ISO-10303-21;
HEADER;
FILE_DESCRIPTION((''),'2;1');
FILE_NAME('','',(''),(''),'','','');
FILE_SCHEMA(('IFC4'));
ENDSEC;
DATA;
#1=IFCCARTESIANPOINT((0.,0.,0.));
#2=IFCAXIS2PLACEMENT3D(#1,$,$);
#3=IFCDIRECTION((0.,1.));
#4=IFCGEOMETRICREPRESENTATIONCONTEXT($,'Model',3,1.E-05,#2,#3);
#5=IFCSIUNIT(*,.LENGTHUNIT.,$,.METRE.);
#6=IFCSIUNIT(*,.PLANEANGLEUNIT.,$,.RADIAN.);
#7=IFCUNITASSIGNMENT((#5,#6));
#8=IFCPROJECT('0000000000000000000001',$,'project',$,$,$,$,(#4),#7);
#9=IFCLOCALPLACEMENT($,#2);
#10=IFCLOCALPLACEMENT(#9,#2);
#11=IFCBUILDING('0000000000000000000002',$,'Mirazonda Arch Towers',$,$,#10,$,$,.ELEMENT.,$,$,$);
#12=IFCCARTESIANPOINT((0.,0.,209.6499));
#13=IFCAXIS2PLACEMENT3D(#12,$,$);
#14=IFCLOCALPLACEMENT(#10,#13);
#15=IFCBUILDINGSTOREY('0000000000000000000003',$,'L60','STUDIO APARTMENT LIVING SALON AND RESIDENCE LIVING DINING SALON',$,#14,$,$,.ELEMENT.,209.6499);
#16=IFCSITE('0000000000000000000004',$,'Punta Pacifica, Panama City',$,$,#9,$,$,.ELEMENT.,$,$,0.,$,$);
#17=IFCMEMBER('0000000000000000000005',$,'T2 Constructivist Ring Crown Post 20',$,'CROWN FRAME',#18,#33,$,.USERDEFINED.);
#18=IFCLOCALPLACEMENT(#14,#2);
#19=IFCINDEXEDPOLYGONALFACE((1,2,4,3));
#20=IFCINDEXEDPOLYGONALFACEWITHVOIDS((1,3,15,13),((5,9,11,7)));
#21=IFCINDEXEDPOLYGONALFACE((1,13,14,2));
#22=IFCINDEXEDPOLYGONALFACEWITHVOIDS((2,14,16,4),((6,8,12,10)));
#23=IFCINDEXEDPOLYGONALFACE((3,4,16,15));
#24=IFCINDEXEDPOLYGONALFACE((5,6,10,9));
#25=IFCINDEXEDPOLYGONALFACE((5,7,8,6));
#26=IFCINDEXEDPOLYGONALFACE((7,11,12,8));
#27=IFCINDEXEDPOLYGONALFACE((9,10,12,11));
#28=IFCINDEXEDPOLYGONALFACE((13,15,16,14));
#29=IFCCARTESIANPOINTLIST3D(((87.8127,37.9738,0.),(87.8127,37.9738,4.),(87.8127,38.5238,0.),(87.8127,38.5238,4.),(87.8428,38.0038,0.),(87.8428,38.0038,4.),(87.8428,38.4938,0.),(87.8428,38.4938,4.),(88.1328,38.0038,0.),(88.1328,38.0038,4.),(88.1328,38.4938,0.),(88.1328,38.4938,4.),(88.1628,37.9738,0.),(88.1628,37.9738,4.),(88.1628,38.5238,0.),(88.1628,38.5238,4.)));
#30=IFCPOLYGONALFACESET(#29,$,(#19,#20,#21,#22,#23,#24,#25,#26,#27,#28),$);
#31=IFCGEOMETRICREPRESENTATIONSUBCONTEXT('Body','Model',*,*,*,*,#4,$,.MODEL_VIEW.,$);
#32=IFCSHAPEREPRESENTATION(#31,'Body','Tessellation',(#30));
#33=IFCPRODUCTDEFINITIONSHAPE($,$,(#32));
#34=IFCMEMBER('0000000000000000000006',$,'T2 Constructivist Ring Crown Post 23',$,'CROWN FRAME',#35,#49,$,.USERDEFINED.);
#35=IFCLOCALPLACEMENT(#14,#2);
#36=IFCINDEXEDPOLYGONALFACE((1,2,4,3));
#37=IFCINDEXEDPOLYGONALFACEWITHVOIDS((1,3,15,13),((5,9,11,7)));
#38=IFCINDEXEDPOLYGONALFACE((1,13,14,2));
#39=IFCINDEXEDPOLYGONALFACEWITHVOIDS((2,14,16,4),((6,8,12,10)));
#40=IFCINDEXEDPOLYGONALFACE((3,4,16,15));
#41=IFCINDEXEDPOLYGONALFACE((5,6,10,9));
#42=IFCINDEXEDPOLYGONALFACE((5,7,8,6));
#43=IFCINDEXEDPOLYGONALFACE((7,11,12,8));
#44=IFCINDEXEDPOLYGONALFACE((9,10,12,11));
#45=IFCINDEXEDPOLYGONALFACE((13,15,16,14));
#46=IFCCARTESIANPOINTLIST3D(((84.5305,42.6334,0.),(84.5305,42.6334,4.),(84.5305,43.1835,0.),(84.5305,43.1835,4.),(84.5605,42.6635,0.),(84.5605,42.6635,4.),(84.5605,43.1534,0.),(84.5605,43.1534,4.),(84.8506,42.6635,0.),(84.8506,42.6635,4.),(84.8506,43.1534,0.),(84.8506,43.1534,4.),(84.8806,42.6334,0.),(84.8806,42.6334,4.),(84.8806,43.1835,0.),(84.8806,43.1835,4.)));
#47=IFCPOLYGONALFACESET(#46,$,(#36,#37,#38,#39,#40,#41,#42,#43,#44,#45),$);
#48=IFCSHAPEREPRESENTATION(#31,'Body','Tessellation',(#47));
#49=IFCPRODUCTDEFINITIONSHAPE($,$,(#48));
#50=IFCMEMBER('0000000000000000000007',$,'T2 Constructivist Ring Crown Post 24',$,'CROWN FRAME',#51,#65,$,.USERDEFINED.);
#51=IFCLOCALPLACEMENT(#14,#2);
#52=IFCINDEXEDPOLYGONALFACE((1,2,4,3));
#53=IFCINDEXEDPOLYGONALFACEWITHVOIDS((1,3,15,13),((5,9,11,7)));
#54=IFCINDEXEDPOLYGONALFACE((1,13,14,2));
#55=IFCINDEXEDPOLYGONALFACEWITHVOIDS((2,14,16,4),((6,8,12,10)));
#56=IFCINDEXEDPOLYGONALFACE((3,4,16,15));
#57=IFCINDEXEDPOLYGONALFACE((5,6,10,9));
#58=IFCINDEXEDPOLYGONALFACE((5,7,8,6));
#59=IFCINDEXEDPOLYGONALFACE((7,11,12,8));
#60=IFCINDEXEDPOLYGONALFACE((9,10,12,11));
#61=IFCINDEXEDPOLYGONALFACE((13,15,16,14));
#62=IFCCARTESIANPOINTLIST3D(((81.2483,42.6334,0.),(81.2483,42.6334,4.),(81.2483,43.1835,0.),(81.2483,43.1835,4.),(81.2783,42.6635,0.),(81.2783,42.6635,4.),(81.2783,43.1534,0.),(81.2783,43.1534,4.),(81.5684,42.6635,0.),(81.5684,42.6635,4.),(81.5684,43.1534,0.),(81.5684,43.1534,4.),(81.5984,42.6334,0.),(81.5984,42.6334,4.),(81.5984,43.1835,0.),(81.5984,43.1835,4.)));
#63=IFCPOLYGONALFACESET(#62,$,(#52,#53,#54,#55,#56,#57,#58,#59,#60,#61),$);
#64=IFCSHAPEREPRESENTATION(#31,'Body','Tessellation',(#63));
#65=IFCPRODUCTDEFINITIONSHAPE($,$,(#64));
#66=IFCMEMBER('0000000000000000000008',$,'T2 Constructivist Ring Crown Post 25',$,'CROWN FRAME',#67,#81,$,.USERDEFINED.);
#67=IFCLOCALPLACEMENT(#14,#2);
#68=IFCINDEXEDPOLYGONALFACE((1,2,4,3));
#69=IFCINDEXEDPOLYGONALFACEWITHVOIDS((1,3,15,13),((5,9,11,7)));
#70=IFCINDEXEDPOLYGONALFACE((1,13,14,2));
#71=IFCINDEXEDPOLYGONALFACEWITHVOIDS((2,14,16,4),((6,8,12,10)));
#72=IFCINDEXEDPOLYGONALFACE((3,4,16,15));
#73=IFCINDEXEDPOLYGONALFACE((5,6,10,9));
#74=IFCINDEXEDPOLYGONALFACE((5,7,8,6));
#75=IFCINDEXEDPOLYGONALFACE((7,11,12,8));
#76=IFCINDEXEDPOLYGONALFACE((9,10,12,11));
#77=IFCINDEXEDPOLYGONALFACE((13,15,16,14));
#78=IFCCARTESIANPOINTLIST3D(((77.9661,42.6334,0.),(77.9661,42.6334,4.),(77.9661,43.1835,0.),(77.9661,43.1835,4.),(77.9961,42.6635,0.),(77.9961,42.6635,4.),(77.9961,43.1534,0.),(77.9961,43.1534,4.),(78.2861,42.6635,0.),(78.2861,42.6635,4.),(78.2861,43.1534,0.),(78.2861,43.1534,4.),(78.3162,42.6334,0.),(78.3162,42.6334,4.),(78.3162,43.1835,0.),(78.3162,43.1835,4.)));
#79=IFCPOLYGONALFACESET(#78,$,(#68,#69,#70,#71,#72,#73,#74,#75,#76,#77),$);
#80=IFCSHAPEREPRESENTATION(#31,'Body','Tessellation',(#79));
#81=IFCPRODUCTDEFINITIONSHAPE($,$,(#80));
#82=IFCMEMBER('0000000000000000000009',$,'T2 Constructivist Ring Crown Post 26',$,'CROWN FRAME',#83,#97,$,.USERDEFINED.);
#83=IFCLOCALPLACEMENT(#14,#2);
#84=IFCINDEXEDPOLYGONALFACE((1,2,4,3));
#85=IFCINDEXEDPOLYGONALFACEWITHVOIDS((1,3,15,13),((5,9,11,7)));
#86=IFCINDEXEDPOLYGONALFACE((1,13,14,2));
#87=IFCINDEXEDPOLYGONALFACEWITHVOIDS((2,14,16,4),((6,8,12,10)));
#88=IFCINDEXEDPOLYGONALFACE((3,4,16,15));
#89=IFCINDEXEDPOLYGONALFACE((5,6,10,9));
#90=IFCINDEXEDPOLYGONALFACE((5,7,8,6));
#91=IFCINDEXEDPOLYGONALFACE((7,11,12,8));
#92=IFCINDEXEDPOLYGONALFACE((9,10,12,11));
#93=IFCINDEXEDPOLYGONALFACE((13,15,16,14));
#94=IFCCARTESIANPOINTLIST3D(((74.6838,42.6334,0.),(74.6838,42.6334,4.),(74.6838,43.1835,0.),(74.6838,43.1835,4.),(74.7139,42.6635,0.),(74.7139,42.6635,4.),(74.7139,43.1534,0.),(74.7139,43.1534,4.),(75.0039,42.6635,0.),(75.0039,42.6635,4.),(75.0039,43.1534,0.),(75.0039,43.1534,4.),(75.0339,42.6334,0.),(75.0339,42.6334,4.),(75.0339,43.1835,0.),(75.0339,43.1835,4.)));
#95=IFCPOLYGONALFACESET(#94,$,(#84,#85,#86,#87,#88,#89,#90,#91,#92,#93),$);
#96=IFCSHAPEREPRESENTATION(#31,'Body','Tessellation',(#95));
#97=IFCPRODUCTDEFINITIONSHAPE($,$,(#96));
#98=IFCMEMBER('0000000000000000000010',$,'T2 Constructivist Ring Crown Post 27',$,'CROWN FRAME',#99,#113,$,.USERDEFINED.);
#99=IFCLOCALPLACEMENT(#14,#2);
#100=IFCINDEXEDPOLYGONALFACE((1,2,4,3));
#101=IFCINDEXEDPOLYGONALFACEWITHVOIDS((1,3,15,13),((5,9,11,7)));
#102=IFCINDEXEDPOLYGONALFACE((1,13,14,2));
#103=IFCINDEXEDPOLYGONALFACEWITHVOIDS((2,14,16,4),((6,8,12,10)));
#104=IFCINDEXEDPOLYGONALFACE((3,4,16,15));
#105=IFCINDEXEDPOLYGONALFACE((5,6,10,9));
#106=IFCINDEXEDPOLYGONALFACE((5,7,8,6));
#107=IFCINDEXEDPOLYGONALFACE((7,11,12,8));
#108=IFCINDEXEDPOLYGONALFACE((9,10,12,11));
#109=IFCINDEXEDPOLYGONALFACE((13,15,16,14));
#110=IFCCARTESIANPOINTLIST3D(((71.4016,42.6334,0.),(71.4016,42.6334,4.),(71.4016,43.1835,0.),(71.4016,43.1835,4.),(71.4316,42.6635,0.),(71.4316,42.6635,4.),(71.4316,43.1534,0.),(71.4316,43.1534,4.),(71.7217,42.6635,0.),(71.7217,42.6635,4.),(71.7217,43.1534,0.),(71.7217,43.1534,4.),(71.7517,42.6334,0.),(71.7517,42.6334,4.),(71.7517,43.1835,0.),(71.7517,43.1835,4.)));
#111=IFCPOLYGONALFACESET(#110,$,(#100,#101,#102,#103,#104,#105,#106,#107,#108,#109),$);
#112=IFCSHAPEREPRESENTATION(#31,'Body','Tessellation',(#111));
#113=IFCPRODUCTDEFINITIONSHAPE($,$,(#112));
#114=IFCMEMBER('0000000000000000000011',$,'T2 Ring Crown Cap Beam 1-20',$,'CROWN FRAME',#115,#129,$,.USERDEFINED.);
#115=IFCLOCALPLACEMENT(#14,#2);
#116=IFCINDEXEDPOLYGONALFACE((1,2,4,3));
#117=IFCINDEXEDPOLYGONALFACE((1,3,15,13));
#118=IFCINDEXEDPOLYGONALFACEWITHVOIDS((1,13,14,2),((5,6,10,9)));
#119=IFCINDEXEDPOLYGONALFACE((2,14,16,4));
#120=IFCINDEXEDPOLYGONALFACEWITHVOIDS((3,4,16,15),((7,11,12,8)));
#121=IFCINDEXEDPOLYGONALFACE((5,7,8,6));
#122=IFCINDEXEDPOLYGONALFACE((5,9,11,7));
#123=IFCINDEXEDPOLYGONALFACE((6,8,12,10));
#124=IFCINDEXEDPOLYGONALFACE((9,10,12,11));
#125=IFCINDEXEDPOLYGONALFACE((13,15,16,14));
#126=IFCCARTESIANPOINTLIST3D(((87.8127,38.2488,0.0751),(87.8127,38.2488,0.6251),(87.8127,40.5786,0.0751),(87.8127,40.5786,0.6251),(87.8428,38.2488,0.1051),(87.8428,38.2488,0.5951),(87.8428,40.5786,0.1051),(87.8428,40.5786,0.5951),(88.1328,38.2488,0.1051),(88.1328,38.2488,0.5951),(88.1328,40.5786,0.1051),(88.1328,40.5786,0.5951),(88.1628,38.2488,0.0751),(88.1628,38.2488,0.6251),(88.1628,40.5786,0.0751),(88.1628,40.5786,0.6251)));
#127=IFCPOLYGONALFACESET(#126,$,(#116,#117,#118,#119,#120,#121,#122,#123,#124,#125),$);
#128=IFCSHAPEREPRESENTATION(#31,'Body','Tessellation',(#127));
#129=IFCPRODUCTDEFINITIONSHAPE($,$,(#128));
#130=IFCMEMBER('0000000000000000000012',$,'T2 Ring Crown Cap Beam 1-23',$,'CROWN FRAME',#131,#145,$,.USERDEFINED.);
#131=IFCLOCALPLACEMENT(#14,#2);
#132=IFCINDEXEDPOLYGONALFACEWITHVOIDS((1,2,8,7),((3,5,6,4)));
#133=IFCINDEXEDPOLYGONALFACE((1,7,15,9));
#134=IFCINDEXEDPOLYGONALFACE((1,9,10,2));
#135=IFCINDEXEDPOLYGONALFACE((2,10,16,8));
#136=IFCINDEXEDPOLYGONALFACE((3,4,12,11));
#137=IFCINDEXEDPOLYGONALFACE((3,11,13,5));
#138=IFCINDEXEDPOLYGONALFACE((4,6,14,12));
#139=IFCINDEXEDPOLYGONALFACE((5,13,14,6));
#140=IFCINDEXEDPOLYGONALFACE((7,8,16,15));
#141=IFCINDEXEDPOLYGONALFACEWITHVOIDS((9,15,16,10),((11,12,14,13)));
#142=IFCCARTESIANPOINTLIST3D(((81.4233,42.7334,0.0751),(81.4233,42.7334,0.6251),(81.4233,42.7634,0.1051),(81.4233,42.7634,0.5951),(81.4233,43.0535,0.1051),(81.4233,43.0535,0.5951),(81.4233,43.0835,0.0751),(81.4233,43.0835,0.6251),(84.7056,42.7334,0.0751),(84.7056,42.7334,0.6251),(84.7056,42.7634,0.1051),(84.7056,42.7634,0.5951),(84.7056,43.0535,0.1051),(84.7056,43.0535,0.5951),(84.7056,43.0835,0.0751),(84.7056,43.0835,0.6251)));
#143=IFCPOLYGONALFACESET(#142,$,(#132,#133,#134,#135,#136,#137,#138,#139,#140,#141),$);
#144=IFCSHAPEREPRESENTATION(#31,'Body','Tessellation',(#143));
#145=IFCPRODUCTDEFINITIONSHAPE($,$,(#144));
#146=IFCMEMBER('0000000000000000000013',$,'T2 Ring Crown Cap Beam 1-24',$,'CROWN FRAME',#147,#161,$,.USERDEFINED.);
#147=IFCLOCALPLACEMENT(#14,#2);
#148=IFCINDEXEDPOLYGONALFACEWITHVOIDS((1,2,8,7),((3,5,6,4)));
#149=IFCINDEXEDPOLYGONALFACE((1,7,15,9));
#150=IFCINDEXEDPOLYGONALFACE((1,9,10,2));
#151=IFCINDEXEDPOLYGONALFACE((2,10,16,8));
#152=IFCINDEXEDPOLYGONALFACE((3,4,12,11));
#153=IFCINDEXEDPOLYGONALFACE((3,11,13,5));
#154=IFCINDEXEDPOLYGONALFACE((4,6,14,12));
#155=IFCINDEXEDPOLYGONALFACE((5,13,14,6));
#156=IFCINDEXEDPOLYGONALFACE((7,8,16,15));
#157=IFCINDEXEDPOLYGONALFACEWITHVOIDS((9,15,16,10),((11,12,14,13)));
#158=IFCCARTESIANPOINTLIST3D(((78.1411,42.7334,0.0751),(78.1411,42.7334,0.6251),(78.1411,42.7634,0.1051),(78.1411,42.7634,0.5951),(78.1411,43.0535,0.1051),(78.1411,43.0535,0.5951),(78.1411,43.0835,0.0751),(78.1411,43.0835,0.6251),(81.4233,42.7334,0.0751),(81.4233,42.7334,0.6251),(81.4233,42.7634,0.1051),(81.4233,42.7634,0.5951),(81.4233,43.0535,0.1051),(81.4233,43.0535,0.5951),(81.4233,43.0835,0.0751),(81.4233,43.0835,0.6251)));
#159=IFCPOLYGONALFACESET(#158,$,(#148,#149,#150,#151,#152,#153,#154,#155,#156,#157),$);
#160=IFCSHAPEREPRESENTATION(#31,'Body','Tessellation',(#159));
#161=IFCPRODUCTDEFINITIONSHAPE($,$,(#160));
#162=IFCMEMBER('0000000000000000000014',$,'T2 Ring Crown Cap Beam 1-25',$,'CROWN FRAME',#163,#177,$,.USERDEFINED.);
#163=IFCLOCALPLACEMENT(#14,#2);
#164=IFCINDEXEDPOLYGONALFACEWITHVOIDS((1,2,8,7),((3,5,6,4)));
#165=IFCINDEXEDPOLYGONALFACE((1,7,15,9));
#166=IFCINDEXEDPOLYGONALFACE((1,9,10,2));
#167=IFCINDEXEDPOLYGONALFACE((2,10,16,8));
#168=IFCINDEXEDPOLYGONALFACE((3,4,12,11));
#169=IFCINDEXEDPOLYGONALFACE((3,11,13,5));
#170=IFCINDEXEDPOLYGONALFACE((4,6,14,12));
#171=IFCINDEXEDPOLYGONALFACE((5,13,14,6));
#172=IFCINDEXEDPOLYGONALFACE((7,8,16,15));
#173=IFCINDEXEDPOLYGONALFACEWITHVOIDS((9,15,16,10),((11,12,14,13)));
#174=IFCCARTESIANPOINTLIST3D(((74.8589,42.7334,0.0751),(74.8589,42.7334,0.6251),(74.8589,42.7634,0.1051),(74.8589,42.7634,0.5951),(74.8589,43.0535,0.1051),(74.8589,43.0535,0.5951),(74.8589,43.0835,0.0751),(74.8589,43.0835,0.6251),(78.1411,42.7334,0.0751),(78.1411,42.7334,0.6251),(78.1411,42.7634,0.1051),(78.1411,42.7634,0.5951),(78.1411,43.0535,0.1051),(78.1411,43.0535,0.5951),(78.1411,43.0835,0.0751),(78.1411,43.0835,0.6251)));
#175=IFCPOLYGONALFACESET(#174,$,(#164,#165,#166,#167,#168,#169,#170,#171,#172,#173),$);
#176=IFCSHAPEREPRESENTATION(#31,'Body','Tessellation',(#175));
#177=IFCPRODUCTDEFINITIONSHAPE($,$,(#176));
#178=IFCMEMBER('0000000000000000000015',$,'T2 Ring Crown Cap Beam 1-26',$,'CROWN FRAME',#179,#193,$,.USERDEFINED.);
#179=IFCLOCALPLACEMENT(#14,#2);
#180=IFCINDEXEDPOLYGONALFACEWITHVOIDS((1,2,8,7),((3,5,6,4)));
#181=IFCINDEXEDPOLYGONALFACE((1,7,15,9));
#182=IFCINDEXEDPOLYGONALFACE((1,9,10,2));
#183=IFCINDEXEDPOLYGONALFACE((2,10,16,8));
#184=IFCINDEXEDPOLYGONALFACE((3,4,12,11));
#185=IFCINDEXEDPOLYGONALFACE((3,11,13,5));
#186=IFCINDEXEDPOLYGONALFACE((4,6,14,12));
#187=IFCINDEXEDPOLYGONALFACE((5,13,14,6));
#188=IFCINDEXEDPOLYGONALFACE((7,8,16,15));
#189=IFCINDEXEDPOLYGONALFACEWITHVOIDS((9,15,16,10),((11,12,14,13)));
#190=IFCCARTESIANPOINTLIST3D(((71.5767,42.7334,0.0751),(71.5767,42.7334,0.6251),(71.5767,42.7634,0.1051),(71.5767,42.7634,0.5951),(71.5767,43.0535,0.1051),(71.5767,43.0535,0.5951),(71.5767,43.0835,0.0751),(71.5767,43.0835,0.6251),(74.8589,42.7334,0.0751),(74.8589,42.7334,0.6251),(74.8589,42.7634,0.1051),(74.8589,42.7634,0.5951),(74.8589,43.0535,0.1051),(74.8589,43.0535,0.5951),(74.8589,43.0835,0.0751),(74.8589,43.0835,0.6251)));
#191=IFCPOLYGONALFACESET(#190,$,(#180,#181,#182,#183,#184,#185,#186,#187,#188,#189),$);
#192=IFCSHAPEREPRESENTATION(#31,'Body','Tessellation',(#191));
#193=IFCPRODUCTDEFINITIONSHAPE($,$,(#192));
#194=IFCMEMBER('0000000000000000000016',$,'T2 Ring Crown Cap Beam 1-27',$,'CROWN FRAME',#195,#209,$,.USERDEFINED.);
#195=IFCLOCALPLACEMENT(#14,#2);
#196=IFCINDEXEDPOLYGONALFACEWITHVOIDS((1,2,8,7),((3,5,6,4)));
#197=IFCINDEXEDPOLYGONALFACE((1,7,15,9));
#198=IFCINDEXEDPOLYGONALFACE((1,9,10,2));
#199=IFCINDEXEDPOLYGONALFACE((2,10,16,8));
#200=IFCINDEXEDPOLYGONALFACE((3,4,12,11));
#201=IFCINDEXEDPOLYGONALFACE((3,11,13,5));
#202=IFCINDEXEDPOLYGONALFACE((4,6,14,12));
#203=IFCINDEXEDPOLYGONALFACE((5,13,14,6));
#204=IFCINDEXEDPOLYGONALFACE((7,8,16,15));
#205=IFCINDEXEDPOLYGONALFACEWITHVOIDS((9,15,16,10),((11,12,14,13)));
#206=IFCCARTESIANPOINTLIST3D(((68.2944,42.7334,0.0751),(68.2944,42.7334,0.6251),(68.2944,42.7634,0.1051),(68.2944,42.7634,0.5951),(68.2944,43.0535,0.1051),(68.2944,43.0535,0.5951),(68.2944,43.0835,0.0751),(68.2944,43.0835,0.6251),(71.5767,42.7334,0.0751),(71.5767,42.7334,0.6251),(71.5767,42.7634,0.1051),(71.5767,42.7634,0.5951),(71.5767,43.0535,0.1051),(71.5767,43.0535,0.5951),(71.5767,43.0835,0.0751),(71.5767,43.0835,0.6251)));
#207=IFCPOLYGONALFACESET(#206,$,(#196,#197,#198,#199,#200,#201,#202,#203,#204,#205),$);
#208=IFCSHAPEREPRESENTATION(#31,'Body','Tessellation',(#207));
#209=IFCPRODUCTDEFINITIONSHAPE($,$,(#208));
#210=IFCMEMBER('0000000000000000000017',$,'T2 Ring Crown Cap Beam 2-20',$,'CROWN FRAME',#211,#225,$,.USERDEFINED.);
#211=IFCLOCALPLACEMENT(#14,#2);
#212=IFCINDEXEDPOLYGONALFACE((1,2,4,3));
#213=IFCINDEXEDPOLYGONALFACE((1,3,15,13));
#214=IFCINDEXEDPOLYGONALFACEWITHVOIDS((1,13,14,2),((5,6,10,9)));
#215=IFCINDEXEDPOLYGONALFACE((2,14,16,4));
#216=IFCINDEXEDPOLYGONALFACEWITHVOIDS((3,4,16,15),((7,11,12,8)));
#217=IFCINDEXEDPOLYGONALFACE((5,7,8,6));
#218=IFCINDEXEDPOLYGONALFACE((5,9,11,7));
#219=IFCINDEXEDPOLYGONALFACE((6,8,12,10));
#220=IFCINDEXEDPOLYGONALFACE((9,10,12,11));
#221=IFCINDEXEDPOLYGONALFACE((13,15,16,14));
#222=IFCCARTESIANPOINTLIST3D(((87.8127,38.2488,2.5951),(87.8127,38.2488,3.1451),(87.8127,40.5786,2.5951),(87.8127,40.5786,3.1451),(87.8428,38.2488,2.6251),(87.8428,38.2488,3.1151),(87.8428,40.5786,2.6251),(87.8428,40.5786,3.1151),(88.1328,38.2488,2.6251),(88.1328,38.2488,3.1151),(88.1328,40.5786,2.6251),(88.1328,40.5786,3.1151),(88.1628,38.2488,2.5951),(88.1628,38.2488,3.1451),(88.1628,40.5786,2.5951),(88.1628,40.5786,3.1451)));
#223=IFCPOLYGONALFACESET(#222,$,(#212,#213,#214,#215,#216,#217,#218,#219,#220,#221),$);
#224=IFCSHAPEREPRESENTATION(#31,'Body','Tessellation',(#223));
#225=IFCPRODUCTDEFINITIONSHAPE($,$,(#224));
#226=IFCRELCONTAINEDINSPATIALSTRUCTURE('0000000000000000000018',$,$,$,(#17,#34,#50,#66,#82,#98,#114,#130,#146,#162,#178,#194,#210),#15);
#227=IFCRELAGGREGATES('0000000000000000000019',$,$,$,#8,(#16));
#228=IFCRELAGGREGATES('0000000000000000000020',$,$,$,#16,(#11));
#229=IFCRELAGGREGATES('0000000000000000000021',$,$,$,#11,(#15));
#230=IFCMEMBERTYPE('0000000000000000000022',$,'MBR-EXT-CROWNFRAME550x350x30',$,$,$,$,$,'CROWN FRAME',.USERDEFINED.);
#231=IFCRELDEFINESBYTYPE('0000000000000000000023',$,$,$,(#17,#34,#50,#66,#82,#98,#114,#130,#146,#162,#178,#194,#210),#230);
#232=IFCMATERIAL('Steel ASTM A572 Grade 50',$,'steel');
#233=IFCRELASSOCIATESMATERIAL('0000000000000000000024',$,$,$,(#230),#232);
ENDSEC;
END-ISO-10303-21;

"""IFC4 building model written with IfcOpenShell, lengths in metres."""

from ifc_helpers import new_model, si_unit, direction, frame, origin, origin_2d, place, context, subcontext, project, spatial, hollow_rectangle, extrude, material, material_profile, profile_set, type_object, element, save


model = new_model("IFC4")

# Units and contexts
model_context = context("Model", 3, precision=1e-05, world=origin(), true_north=direction((0.0, 1.0)))
body_context = subcontext(model_context, "Body", "Model", "MODEL_VIEW")
ifc_project = project(units=[si_unit("LENGTHUNIT", "METRE"), si_unit("PLANEANGLEUNIT", "RADIAN")], contexts=[model_context])

# Site, building, storey
site_placement = place(None, origin())
site = spatial("IfcSite", under=ifc_project, at=site_placement, Name="Punta Pacifica, Panama City", CompositionType="ELEMENT", RefElevation=0.0)
building_placement = place(site_placement, origin())
building = spatial("IfcBuilding", under=site, at=building_placement, Name="Mirazonda Arch Towers", CompositionType="ELEMENT")
storey_placement = place(building_placement, frame((0.0, 0.0, 209.6499)))
storey = spatial("IfcBuildingStorey", under=building, at=storey_placement, Name="L60", Description="STUDIO APARTMENT LIVING SALON AND RESIDENCE LIVING DINING SALON", CompositionType="ELEMENT", Elevation=209.6499)

# Members
ifc_material_1 = material(Name="Steel ASTM A572 Grade 50", Category="steel")
ifc_material_profile = material_profile(ifc_material_1, hollow_rectangle(XDim=0.3501, YDim=0.55, WallThickness=0.03, at=origin_2d()), Name="CROWNFRAME550x350x30")
ifc_profile_set = profile_set([ifc_material_profile], Name="Steel ASTM A572 Grade 50")
member_type = type_object("IfcMemberType", Name="MBR-EXT-CROWNFRAME550x350x30", ElementType="CROWN FRAME", PredefinedType="USERDEFINED", material=ifc_profile_set)
for number, where, z_axis, x_axis, name in (
    (1, (87.9878, 38.2488, 0.0), (0.0, 0.0, 1.0), (1.0, 0.0, 0.0), "T2 Constructivist Ring Crown Post 20"),
    (2, (84.7056, 42.9084, 0.0), (0.0, 0.0, 1.0), (1.0, 0.0, 0.0), "T2 Constructivist Ring Crown Post 23"),
    (3, (81.4233, 42.9084, 0.0), (0.0, 0.0, 1.0), (1.0, 0.0, 0.0), "T2 Constructivist Ring Crown Post 24"),
    (4, (78.1411, 42.9084, 0.0), (0.0, 0.0, 1.0), (1.0, 0.0, 0.0), "T2 Constructivist Ring Crown Post 25"),
    (5, (74.8589, 42.9084, 0.0), (0.0, 0.0, 1.0), (1.0, 0.0, 0.0), "T2 Constructivist Ring Crown Post 26"),
    (6, (71.5767, 42.9084, 0.0), (0.0, 0.0, 1.0), (1.0, 0.0, 0.0), "T2 Constructivist Ring Crown Post 27"),
):
    element("IfcMember", number, at=place(storey_placement, frame(where, z_axis=z_axis, x_axis=x_axis)), inside=storey, type_object=member_type, Name=name, ObjectType="CROWN FRAME", PredefinedType="USERDEFINED", context=body_context, shape_type="SweptSolid", body=[
        extrude(hollow_rectangle(XDim=0.3501, YDim=0.55, WallThickness=0.03, at=origin_2d()), origin(), (0.0, 0.0, 1.0), 4.0),
    ])
member_1_placement = place(storey_placement, frame((87.9878, 38.2488, 0.3501), z_axis=(0.0, 1.0, 0.0), x_axis=(-1.0, 0.0, 0.0)))
element("IfcMember", 7, at=member_1_placement, inside=storey, type_object=member_type, Name="T2 Ring Crown Cap Beam 1-20", ObjectType="CROWN FRAME", PredefinedType="USERDEFINED", context=body_context, shape_type="SweptSolid", body=[
    extrude(hollow_rectangle(XDim=0.3501, YDim=0.55, WallThickness=0.03, at=origin_2d()), origin(), (0.0, 0.0, 1.0), 2.3298),
])
for number, where, z_axis, x_axis, name in (
    (8, (84.7056, 42.9084, 0.3501), (-1.0, 0.0, 0.0), (0.0, -1.0, 0.0), "T2 Ring Crown Cap Beam 1-23"),
    (9, (81.4233, 42.9084, 0.3501), (-1.0, 0.0, 0.0), (0.0, -1.0, 0.0), "T2 Ring Crown Cap Beam 1-24"),
    (10, (78.1411, 42.9084, 0.3501), (-1.0, 0.0, 0.0), (0.0, -1.0, 0.0), "T2 Ring Crown Cap Beam 1-25"),
    (11, (74.8589, 42.9084, 0.3501), (-1.0, 0.0, 0.0), (0.0, -1.0, 0.0), "T2 Ring Crown Cap Beam 1-26"),
    (12, (71.5767, 42.9084, 0.3501), (-1.0, 0.0, 0.0), (0.0, -1.0, 0.0), "T2 Ring Crown Cap Beam 1-27"),
):
    element("IfcMember", number, at=place(storey_placement, frame(where, z_axis=z_axis, x_axis=x_axis)), inside=storey, type_object=member_type, Name=name, ObjectType="CROWN FRAME", PredefinedType="USERDEFINED", context=body_context, shape_type="SweptSolid", body=[
        extrude(hollow_rectangle(XDim=0.3501, YDim=0.55, WallThickness=0.03, at=origin_2d()), origin(), (0.0, 0.0, 1.0), 3.2822),
    ])
member_2_placement = place(storey_placement, frame((87.9878, 38.2488, 2.8701), z_axis=(0.0, 1.0, 0.0), x_axis=(-1.0, 0.0, 0.0)))
element("IfcMember", 13, at=member_2_placement, inside=storey, type_object=member_type, Name="T2 Ring Crown Cap Beam 2-20", ObjectType="CROWN FRAME", PredefinedType="USERDEFINED", context=body_context, shape_type="SweptSolid", body=[
    extrude(hollow_rectangle(XDim=0.3501, YDim=0.55, WallThickness=0.03, at=origin_2d()), origin(), (0.0, 0.0, 1.0), 2.3298),
])

save(model, "model.ifc")
